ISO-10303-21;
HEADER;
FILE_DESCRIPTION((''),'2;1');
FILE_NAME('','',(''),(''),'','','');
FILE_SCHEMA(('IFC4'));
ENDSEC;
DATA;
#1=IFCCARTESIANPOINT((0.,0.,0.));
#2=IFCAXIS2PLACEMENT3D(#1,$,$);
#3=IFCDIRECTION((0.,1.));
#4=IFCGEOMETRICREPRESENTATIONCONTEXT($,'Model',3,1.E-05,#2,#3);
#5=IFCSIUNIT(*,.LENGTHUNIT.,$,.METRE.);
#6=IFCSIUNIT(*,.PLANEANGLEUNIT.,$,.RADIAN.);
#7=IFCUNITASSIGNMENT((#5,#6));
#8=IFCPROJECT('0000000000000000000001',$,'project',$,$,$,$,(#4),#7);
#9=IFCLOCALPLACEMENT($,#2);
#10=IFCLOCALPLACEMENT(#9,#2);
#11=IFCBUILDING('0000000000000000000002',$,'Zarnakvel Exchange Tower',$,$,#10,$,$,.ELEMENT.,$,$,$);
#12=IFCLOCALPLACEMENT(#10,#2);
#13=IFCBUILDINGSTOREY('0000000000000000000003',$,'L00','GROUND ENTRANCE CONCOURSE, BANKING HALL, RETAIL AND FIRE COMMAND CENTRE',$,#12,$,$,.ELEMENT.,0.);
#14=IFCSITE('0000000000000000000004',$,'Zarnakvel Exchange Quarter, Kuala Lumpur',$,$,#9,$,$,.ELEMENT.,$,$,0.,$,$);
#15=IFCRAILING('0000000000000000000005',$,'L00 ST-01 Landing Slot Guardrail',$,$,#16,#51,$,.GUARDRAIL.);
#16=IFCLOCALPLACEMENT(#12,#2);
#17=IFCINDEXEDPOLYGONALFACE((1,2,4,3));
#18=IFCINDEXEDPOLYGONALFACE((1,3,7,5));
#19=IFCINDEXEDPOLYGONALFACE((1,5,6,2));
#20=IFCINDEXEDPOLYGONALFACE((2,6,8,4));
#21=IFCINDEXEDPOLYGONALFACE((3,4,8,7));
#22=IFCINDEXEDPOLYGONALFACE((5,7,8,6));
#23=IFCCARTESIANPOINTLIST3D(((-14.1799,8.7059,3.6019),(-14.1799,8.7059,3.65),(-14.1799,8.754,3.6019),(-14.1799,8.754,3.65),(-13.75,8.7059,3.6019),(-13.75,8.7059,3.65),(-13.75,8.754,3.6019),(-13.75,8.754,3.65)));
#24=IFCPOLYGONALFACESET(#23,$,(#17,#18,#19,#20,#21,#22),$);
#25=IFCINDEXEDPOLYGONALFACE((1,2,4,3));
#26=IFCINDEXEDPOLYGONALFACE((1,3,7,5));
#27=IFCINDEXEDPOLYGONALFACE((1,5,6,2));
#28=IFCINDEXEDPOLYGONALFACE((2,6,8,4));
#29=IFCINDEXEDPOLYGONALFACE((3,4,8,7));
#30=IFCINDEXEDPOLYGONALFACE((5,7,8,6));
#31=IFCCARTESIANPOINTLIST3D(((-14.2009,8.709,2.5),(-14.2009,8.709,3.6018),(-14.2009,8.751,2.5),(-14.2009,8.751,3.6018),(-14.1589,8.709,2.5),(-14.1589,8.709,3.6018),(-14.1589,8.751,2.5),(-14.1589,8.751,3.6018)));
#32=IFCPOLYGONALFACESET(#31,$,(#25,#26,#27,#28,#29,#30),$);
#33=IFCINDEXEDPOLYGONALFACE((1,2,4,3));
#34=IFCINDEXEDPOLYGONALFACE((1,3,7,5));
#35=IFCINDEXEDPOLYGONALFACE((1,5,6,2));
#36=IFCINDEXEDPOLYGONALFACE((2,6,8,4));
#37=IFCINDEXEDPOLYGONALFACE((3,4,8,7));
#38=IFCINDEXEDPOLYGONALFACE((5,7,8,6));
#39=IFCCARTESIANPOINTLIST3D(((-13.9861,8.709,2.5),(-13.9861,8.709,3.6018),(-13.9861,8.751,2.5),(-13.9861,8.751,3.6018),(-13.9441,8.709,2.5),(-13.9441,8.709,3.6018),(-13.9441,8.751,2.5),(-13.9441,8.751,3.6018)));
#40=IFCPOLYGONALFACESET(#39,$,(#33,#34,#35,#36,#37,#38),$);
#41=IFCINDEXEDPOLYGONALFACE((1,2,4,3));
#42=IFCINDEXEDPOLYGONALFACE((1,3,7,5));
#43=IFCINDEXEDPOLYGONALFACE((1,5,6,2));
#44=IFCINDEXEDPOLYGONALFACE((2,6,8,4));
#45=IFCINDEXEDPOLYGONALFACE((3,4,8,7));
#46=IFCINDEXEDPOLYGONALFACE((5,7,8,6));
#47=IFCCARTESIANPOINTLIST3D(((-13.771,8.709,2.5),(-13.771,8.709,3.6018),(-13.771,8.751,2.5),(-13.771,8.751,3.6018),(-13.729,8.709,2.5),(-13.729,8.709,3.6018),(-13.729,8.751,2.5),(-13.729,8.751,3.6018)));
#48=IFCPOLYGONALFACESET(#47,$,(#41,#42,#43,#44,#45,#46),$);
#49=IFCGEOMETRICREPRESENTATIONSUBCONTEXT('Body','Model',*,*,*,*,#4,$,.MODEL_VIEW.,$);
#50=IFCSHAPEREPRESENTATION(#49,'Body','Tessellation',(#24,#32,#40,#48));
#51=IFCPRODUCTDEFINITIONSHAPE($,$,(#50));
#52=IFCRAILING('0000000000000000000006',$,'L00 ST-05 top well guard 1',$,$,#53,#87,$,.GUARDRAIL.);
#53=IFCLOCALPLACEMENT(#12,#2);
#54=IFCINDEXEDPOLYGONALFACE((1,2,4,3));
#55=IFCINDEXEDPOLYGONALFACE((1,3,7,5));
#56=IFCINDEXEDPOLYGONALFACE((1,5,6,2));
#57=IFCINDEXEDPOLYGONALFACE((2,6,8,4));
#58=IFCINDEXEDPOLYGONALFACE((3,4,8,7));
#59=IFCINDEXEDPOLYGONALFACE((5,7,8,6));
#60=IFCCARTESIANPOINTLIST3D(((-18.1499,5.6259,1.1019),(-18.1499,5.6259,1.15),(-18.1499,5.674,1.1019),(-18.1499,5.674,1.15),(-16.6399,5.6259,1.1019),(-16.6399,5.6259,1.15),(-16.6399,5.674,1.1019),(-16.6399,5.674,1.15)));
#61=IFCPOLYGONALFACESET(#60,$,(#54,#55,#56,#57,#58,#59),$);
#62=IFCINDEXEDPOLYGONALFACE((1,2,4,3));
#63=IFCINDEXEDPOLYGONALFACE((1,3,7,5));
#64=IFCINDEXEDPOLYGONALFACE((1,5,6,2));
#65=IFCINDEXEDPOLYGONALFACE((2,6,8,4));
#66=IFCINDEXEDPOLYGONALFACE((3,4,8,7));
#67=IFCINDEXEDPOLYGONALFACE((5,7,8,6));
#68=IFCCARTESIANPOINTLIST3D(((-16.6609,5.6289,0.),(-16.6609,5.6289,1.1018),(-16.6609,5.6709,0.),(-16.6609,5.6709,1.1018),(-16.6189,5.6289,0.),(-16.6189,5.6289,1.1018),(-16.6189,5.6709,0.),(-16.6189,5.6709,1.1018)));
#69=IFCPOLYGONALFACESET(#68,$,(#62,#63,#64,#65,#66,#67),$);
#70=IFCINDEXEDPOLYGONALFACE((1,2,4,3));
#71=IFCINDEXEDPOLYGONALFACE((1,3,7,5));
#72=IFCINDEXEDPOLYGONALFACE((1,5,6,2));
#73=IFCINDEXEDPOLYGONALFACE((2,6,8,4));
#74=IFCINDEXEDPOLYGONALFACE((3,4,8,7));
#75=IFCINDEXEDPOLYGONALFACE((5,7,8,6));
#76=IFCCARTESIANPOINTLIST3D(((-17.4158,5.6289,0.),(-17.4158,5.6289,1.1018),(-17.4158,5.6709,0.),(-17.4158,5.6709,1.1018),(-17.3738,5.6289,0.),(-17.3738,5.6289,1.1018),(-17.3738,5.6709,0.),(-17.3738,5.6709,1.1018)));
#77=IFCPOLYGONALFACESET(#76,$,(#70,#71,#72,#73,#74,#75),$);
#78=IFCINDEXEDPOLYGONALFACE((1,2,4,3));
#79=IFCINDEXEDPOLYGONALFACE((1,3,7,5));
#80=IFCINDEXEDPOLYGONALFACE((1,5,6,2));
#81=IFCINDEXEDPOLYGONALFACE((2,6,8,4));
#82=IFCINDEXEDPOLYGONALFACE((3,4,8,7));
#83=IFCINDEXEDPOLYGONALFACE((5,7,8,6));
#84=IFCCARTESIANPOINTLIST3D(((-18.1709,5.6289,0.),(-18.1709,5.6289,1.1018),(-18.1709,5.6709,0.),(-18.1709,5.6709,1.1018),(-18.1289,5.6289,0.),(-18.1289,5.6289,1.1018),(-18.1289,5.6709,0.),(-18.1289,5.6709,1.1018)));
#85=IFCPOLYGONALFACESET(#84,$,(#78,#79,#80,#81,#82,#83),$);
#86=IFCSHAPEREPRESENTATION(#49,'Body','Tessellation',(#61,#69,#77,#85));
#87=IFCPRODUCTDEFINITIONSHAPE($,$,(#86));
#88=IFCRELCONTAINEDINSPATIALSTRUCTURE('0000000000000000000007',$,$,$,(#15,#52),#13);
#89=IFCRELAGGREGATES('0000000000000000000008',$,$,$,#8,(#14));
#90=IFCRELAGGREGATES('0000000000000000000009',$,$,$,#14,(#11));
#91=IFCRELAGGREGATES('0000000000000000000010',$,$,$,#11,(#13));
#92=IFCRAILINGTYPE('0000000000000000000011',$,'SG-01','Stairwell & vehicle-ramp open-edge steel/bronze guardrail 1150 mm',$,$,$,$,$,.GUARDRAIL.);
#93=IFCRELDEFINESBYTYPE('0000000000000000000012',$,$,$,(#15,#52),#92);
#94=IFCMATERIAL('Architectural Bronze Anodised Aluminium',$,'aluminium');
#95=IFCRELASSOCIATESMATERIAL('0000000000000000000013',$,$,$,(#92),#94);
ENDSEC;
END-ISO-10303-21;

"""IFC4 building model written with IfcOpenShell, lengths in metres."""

from ifc_helpers import new_model, si_unit, direction, frame, origin, origin_2d, place, context, subcontext, project, spatial, rectangle, extrude, material, type_object, element, save


model = new_model("IFC4")

# Units and contexts
model_context = context("Model", 3, precision=1e-05, world=origin(), true_north=direction((0.0, 1.0)))
body_context = subcontext(model_context, "Body", "Model", "MODEL_VIEW")
ifc_project = project(units=[si_unit("LENGTHUNIT", "METRE"), si_unit("PLANEANGLEUNIT", "RADIAN")], contexts=[model_context])

# Site, building, storey
site_placement = place(None, origin())
site = spatial("IfcSite", under=ifc_project, at=site_placement, Name="Zarnakvel Exchange Quarter, Kuala Lumpur", CompositionType="ELEMENT", RefElevation=0.0)
building_placement = place(site_placement, origin())
building = spatial("IfcBuilding", under=site, at=building_placement, Name="Zarnakvel Exchange Tower", CompositionType="ELEMENT")
storey_placement = place(building_placement, origin())
storey = spatial("IfcBuildingStorey", under=building, at=storey_placement, Name="L00", Description="GROUND ENTRANCE CONCOURSE, BANKING HALL, RETAIL AND FIRE COMMAND CENTRE", CompositionType="ELEMENT", Elevation=0.0)

# Shared definitions
ifc_material_1 = material(Name="Architectural Bronze Anodised Aluminium", Category="aluminium")

# Railings
railing_type_1 = type_object("IfcRailingType", Name="SG-01", Description="Stairwell & vehicle-ramp open-edge steel/bronze guardrail 1150 mm", PredefinedType="GUARDRAIL", material=ifc_material_1)
railing_1_placement = place(storey_placement, frame((-14.1799, 8.73, 2.5)))
element("IfcRailing", 1, at=railing_1_placement, inside=storey, type_object=railing_type_1, Name="L00 ST-01 Landing Slot Guardrail", PredefinedType="GUARDRAIL", context=body_context, shape_type="SweptSolid", body=[
    extrude(rectangle(XDim=0.0481, YDim=0.0481, at=origin_2d()), frame((0.0, 0.0, 1.126), z_axis=(1.0, 0.0, 0.0), x_axis=(0.0, 1.0, 0.0)), (0.0, 0.0, 1.0), 0.4299),
    extrude(rectangle(XDim=0.042, YDim=0.042, at=origin_2d()), origin(), (0.0, 0.0, 1.0), 1.1018),
    extrude(rectangle(XDim=0.042, YDim=0.042, at=origin_2d()), frame((0.2148, 0.0, 0.0)), (0.0, 0.0, 1.0), 1.1018),
    extrude(rectangle(XDim=0.042, YDim=0.042, at=origin_2d()), frame((0.4299, 0.0, 0.0)), (0.0, 0.0, 1.0), 1.1018),
])
railing_2_placement = place(storey_placement, frame((-16.6399, 5.6499, 0.0)))
element("IfcRailing", 2, at=railing_2_placement, inside=storey, type_object=railing_type_1, Name="L00 ST-05 top well guard 1", PredefinedType="GUARDRAIL", context=body_context, shape_type="SweptSolid", body=[
    extrude(rectangle(XDim=0.0481, YDim=0.0481, at=origin_2d()), frame((0.0, 0.0, 1.126), z_axis=(-1.0, 0.0, 0.0), x_axis=(0.0, -1.0, 0.0)), (0.0, 0.0, 1.0), 1.51),
    extrude(rectangle(XDim=0.042, YDim=0.042, at=origin_2d()), origin(), (0.0, 0.0, 1.0), 1.1018),
    extrude(rectangle(XDim=0.042, YDim=0.042, at=origin_2d()), frame((-0.7549, 0.0, 0.0)), (0.0, 0.0, 1.0), 1.1018),
    extrude(rectangle(XDim=0.042, YDim=0.042, at=origin_2d()), frame((-1.51, 0.0, 0.0)), (0.0, 0.0, 1.0), 1.1018),
])

save(model, "model.ifc")
